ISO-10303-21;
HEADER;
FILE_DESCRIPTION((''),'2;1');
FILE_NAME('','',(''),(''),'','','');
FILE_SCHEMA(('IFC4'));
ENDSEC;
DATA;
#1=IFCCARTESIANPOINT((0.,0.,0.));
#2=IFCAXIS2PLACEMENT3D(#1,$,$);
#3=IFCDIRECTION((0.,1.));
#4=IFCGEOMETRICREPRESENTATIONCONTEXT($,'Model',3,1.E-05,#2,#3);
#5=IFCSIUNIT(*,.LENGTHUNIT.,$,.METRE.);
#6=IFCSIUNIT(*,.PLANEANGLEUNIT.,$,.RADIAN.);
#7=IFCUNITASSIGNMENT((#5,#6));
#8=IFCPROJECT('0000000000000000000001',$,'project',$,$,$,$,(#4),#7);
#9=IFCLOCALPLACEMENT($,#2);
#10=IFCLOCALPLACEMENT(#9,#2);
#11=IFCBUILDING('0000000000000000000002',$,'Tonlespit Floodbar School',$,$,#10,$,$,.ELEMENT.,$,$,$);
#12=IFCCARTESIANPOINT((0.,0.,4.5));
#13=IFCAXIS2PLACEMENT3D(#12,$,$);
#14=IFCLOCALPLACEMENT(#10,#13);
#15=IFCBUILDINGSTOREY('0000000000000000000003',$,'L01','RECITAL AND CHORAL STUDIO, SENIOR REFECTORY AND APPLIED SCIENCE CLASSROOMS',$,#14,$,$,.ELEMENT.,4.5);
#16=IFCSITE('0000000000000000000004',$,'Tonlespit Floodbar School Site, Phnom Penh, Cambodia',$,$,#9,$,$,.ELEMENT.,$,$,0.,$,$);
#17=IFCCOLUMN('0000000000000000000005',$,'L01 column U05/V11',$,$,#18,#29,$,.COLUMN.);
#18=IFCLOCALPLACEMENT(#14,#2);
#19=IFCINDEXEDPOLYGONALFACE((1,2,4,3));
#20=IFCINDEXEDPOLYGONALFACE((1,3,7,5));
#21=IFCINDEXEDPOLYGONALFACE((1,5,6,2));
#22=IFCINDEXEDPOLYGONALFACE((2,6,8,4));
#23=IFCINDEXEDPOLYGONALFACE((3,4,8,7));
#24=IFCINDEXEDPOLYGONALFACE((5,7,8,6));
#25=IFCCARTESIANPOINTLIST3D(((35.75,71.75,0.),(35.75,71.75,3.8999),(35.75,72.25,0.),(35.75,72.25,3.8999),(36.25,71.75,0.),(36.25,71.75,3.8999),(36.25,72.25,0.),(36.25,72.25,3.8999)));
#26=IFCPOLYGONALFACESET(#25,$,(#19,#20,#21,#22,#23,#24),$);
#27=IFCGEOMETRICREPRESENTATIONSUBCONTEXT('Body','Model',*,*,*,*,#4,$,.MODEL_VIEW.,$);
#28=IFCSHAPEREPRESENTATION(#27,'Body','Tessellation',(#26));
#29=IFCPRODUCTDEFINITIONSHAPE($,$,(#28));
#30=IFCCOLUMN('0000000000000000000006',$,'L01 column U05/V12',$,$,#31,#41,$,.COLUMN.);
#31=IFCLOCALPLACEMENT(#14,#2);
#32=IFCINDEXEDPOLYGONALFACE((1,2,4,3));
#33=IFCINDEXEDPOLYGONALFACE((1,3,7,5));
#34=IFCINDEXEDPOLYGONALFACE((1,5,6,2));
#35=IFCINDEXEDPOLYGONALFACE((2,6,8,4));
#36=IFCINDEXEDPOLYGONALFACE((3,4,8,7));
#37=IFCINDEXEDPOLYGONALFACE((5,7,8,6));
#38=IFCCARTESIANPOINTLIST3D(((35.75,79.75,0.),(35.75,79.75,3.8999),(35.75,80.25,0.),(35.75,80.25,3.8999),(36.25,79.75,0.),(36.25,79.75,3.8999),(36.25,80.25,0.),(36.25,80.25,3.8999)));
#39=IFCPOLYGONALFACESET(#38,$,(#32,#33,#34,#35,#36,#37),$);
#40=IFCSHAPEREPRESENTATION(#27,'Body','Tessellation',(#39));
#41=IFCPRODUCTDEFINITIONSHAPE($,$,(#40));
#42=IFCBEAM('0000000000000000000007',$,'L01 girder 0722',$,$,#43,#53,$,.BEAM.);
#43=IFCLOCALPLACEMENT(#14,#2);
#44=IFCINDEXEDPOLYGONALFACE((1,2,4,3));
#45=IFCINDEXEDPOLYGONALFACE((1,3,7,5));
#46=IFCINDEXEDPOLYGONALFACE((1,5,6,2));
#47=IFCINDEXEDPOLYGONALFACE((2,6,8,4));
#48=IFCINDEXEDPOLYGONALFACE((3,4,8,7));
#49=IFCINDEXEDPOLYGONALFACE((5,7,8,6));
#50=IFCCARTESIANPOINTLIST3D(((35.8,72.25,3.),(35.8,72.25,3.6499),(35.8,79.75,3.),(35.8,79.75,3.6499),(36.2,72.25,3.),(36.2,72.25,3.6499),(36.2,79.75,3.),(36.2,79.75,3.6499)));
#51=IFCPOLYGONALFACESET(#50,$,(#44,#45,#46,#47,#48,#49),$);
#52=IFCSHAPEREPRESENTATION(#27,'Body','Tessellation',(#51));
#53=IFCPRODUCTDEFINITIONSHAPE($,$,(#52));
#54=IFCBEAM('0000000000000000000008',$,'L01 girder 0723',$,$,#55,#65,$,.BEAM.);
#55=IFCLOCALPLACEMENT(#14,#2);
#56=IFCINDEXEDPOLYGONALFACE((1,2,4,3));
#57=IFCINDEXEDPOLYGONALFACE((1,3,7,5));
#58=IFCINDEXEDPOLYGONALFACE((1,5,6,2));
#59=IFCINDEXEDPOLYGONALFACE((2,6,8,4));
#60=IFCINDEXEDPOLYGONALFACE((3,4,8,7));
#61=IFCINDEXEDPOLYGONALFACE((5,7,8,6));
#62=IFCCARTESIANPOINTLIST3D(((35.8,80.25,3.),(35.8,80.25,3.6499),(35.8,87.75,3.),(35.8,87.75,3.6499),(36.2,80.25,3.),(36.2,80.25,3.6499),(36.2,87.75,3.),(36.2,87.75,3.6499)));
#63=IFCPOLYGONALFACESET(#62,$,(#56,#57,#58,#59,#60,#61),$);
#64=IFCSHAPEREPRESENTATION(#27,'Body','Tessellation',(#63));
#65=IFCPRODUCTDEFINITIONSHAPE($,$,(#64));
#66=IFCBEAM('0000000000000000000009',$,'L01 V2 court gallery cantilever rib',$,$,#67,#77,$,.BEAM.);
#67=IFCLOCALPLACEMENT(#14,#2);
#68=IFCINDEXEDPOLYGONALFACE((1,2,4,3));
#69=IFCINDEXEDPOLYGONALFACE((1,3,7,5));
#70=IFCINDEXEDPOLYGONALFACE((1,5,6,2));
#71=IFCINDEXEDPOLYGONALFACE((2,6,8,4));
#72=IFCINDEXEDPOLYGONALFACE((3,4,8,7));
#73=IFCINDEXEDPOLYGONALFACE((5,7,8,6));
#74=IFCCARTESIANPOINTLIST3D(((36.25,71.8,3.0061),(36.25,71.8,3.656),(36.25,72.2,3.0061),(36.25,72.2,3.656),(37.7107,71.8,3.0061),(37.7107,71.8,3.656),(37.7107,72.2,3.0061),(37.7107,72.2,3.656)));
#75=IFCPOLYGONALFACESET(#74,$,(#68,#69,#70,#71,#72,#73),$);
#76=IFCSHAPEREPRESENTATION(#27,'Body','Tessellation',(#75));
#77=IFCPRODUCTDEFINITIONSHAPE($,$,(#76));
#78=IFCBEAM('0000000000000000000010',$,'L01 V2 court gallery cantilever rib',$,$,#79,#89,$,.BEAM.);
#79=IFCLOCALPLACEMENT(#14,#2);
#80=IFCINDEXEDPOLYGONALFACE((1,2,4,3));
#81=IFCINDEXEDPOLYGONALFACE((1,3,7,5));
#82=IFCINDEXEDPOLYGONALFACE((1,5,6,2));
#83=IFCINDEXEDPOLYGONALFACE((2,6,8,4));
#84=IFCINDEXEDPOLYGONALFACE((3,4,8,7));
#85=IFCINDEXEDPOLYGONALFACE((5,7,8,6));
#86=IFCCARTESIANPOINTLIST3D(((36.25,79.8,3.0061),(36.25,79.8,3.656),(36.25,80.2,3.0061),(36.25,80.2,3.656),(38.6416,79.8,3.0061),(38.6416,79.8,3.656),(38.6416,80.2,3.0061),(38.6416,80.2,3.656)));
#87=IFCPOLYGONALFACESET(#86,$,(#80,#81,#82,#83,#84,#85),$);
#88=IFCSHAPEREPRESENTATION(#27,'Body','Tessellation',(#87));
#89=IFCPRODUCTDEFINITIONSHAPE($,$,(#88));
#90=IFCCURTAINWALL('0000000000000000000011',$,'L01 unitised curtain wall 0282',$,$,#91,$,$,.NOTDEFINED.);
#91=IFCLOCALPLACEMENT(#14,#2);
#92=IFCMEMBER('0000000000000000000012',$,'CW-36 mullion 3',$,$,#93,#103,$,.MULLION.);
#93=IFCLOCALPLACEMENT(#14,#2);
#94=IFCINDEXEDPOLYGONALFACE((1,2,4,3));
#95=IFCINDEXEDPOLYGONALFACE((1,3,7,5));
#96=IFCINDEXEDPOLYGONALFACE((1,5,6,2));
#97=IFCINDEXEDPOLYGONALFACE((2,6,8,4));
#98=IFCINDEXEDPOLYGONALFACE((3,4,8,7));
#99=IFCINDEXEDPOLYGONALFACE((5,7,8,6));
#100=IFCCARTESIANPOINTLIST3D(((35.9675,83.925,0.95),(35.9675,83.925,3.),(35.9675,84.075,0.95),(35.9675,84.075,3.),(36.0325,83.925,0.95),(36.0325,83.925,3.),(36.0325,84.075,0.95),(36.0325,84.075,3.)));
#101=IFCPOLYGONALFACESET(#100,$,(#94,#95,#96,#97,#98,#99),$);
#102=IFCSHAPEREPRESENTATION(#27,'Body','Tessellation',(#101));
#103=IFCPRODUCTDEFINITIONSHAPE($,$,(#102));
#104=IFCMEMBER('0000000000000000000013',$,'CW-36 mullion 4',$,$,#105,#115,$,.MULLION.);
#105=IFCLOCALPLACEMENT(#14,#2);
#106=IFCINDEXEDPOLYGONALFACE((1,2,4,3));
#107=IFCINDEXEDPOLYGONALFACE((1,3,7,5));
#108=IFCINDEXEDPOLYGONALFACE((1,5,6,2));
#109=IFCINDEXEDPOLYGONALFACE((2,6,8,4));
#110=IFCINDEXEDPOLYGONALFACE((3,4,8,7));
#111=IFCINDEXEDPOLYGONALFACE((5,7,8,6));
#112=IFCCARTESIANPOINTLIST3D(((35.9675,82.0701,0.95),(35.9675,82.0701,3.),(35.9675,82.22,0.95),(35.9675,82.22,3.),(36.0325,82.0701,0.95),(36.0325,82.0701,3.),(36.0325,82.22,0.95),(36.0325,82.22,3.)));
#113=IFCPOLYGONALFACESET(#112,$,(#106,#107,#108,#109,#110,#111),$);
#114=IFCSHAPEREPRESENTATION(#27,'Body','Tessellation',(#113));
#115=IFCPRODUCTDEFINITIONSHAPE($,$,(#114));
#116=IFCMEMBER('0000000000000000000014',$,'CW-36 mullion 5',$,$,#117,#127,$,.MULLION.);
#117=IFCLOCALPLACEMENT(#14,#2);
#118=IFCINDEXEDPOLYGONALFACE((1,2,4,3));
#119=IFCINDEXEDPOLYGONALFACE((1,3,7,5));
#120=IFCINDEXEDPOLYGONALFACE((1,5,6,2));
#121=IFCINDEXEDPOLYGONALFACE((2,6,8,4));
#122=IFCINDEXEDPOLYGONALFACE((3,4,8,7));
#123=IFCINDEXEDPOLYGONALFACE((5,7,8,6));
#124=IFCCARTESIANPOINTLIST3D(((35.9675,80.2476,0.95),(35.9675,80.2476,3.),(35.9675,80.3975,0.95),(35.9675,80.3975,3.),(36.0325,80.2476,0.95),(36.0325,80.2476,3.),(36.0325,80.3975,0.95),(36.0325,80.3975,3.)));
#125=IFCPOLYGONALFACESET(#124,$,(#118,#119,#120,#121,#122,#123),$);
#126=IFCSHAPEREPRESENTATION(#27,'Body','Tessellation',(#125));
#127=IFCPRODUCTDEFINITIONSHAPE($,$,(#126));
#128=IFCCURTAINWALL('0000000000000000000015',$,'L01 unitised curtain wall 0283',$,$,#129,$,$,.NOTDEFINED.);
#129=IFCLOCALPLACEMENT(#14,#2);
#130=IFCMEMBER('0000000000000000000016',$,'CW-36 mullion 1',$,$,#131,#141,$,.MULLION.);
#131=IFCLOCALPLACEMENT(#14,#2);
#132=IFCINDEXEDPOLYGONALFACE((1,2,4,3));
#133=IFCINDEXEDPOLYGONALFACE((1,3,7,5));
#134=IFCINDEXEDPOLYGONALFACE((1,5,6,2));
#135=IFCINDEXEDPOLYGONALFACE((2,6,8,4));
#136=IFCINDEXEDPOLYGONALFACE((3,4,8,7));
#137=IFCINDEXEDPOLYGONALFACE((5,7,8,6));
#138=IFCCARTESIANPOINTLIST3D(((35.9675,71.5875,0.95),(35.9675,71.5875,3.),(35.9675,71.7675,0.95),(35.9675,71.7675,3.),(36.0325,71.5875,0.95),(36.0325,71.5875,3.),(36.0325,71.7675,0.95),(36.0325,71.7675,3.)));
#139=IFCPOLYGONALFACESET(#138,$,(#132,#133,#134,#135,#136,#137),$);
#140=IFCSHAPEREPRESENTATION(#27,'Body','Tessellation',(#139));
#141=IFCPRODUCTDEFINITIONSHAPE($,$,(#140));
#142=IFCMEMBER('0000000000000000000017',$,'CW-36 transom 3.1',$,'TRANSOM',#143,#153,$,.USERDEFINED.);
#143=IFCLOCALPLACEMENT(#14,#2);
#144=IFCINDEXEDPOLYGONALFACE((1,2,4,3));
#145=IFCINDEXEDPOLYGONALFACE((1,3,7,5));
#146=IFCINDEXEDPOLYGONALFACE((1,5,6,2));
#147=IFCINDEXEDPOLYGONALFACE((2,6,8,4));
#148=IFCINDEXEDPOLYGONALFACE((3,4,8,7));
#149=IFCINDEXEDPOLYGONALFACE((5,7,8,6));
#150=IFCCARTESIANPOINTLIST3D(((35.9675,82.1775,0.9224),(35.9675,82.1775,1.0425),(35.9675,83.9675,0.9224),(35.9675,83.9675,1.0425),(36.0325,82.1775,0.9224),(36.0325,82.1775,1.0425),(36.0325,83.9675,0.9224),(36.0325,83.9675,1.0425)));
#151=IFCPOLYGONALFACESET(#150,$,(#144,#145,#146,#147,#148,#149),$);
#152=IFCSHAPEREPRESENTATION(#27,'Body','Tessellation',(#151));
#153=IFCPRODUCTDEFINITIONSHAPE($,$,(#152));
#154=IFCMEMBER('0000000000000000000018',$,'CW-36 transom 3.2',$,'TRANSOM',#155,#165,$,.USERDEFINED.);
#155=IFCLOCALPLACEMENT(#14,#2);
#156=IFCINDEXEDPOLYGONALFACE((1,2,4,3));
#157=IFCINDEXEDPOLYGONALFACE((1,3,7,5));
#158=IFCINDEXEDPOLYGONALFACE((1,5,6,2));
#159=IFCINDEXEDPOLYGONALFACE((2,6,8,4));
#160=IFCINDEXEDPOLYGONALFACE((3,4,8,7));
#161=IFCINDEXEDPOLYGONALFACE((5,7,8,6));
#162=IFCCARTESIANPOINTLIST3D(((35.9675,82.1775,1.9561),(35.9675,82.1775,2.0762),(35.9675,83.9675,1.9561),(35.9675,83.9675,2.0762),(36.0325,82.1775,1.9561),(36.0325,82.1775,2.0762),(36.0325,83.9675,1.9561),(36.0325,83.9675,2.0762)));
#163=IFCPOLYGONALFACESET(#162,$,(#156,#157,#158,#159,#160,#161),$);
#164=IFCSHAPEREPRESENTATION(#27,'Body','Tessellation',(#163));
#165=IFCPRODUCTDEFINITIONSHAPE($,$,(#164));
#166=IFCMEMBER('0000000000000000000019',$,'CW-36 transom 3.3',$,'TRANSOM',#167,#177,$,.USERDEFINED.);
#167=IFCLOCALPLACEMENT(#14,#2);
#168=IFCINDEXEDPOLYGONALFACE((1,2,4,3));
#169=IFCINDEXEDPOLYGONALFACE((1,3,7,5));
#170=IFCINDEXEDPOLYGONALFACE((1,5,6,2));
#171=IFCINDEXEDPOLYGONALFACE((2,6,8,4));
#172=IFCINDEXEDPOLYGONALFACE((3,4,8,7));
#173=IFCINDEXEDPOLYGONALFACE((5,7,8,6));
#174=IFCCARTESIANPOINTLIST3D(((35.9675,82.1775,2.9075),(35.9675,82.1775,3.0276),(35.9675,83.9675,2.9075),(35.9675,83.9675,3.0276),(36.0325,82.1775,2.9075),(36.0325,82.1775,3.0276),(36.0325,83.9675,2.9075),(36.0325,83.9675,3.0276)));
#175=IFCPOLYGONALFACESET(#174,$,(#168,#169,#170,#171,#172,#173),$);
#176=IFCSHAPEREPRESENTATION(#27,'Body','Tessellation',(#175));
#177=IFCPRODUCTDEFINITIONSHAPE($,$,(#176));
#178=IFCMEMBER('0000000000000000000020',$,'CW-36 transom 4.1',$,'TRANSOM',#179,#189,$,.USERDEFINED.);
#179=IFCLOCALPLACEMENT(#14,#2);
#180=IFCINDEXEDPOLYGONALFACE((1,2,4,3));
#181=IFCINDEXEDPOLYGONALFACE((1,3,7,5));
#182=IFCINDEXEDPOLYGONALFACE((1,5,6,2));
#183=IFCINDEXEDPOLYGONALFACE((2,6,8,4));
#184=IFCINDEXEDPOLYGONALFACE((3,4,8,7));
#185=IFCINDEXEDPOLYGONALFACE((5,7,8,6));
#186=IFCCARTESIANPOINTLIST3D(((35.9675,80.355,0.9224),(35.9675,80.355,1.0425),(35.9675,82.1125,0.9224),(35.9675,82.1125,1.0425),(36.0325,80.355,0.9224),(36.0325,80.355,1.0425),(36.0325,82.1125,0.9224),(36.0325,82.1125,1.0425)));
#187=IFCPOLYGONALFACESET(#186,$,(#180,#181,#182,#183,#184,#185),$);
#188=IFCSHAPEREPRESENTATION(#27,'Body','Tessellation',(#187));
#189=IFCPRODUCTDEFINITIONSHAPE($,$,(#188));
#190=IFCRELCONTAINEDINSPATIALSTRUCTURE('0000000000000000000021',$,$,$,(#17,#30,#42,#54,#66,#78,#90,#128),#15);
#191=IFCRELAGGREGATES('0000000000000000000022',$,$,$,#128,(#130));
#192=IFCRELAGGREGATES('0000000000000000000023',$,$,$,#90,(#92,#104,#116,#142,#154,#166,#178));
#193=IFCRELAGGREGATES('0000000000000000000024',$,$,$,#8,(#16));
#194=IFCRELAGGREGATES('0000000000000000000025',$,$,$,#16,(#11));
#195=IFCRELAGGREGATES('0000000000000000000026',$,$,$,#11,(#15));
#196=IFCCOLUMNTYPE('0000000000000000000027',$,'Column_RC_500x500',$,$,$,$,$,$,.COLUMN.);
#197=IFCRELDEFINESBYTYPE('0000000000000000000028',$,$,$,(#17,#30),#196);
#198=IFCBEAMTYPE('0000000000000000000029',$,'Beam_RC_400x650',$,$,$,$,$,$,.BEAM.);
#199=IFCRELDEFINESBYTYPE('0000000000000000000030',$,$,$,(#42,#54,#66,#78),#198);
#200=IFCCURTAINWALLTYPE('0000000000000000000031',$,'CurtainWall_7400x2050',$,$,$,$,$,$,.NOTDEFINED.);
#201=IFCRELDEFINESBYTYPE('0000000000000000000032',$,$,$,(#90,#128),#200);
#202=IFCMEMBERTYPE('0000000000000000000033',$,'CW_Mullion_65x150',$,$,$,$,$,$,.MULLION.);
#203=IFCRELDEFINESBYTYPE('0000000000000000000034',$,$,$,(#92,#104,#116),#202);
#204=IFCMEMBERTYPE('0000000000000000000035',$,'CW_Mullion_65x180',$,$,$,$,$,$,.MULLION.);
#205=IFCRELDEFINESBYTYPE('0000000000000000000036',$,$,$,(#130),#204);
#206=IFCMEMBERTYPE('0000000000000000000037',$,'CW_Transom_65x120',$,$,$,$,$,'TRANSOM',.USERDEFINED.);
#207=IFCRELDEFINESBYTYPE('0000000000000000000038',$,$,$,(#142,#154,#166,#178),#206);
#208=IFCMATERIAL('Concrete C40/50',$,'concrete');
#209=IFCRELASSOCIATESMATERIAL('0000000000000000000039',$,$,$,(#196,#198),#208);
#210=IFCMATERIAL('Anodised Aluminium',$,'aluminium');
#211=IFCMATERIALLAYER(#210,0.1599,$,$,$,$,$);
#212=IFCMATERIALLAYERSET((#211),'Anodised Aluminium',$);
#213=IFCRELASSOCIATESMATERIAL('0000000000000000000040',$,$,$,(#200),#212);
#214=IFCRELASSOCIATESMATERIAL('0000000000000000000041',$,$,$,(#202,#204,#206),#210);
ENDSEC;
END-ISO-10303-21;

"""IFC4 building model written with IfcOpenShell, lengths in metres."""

from ifc_helpers import new_model, si_unit, direction, frame, origin, origin_2d, place, context, subcontext, project, spatial, rectangle, extrude, material, layer, layer_set, material_profile, profile_set, type_object, element, aggregate, save


model = new_model("IFC4")

# Units and contexts
model_context = context("Model", 3, precision=1e-05, world=origin(), true_north=direction((0.0, 1.0)))
body_context = subcontext(model_context, "Body", "Model", "MODEL_VIEW")
ifc_project = project(units=[si_unit("LENGTHUNIT", "METRE"), si_unit("PLANEANGLEUNIT", "RADIAN")], contexts=[model_context])

# Site, building, storey
site_placement = place(None, origin())
site = spatial("IfcSite", under=ifc_project, at=site_placement, Name="Tonlespit Floodbar School Site, Phnom Penh, Cambodia", CompositionType="ELEMENT", RefElevation=0.0)
building_placement = place(site_placement, origin())
building = spatial("IfcBuilding", under=site, at=building_placement, Name="Tonlespit Floodbar School", CompositionType="ELEMENT")
storey_placement = place(building_placement, frame((0.0, 0.0, 4.5)))
storey = spatial("IfcBuildingStorey", under=building, at=storey_placement, Name="L01", Description="RECITAL AND CHORAL STUDIO, SENIOR REFECTORY AND APPLIED SCIENCE CLASSROOMS", CompositionType="ELEMENT", Elevation=4.5)

# Columns
ifc_material_1 = material(Name="Concrete C40/50", Category="concrete")
ifc_material_profile_1 = material_profile(ifc_material_1, rectangle(XDim=0.5, YDim=0.5, at=origin_2d()), Name="RC 500x500")
ifc_profile_set_1 = profile_set([ifc_material_profile_1], Name="Concrete C40/50")
column_type = type_object("IfcColumnType", Name="Column_RC_500x500", PredefinedType="COLUMN", material=ifc_profile_set_1)
for number, where, z_axis, x_axis, name in (
    (1, (36.0, 72.0, 0.0), (0.0, 0.0, 1.0), (1.0, 0.0, 0.0), "L01 column U05/V11"),
    (2, (36.0, 80.0, 0.0), (0.0, 0.0, 1.0), (1.0, 0.0, 0.0), "L01 column U05/V12"),
):
    element("IfcColumn", number, at=place(storey_placement, frame(where, z_axis=z_axis, x_axis=x_axis)), inside=storey, type_object=column_type, Name=name, PredefinedType="COLUMN", context=body_context, shape_type="SweptSolid", body=[
        extrude(rectangle(XDim=0.5, YDim=0.5, at=origin_2d()), origin(), (0.0, 0.0, 1.0), 3.8999),
    ])

# Beams
ifc_material_profile_2 = material_profile(ifc_material_1, rectangle(XDim=0.3999, YDim=0.6499, at=origin_2d()), Name="RC 400x650")
ifc_profile_set_2 = profile_set([ifc_material_profile_2], Name="Concrete C40/50")
beam_type = type_object("IfcBeamType", Name="Beam_RC_400x650", PredefinedType="BEAM", material=ifc_profile_set_2)
for number, where, z_axis, x_axis, name in (
    (3, (36.0, 72.25, 3.325), (0.0, 1.0, 0.0), (-1.0, 0.0, 0.0), "L01 girder 0722"),
    (4, (36.0, 80.25, 3.325), (0.0, 1.0, 0.0), (-1.0, 0.0, 0.0), "L01 girder 0723"),
):
    element("IfcBeam", number, at=place(storey_placement, frame(where, z_axis=z_axis, x_axis=x_axis)), inside=storey, type_object=beam_type, Name=name, PredefinedType="BEAM", context=body_context, shape_type="SweptSolid", body=[
        extrude(rectangle(XDim=0.3999, YDim=0.6499, at=origin_2d()), origin(), (0.0, 0.0, 1.0), 7.5),
    ])
beam_1_placement = place(storey_placement, frame((36.25, 72.0, 3.3311), z_axis=(1.0, 0.0, 0.0), x_axis=(0.0, 1.0, 0.0)))
element("IfcBeam", 5, at=beam_1_placement, inside=storey, type_object=beam_type, Name="L01 V2 court gallery cantilever rib", PredefinedType="BEAM", context=body_context, shape_type="SweptSolid", body=[
    extrude(rectangle(XDim=0.3999, YDim=0.6499, at=origin_2d()), origin(), (0.0, 0.0, 1.0), 1.4607),
])
beam_2_placement = place(storey_placement, frame((36.25, 80.0, 3.3311), z_axis=(1.0, 0.0, 0.0), x_axis=(0.0, 1.0, 0.0)))
element("IfcBeam", 6, at=beam_2_placement, inside=storey, type_object=beam_type, Name="L01 V2 court gallery cantilever rib", PredefinedType="BEAM", context=body_context, shape_type="SweptSolid", body=[
    extrude(rectangle(XDim=0.3999, YDim=0.6499, at=origin_2d()), origin(), (0.0, 0.0, 1.0), 2.3916),
])

# Curtain wall, members
ifc_material_2 = material(Name="Anodised Aluminium", Category="aluminium")
ifc_layer_1 = layer(ifc_material_2, 0.1599)
ifc_layer_set_1 = layer_set([ifc_layer_1], Name="Anodised Aluminium")
curtain_wall_type = type_object("IfcCurtainWallType", Name="CurtainWall_7400x2050", PredefinedType="NOTDEFINED", material=ifc_layer_set_1)
curtain_wall_1_placement = place(storey_placement, origin())
curtain_wall_1 = element("IfcCurtainWall", 7, at=curtain_wall_1_placement, inside=storey, type_object=curtain_wall_type, Name="L01 unitised curtain wall 0282", PredefinedType="NOTDEFINED")
ifc_material_profile_3 = material_profile(ifc_material_2, rectangle(XDim=0.0649, YDim=0.1499, at=origin_2d()), Name="ALU M65x150")
ifc_profile_set_3 = profile_set([ifc_material_profile_3], Name="Anodised Aluminium")
member_type_1 = type_object("IfcMemberType", Name="CW_Mullion_65x150", PredefinedType="MULLION", material=ifc_profile_set_3)
member_1_placement = place(storey_placement, frame((36.0, 84.0, 0.95), z_axis=(0.0, 0.0, 1.0), x_axis=(1.0, 0.0, 0.0)))
member_1 = element("IfcMember", 8, at=member_1_placement, type_object=member_type_1, Name="CW-36 mullion 3", PredefinedType="MULLION", context=body_context, shape_type="SweptSolid", body=[
    extrude(rectangle(XDim=0.0649, YDim=0.1499, at=origin_2d()), origin(), (0.0, 0.0, 1.0), 2.05),
])
member_2_placement = place(storey_placement, frame((36.0, 82.145, 0.95), z_axis=(0.0, 0.0, 1.0), x_axis=(1.0, 0.0, 0.0)))
member_2 = element("IfcMember", 9, at=member_2_placement, type_object=member_type_1, Name="CW-36 mullion 4", PredefinedType="MULLION", context=body_context, shape_type="SweptSolid", body=[
    extrude(rectangle(XDim=0.0649, YDim=0.1499, at=origin_2d()), origin(), (0.0, 0.0, 1.0), 2.05),
])
member_3_placement = place(storey_placement, frame((36.0, 80.3225, 0.95), z_axis=(0.0, 0.0, 1.0), x_axis=(1.0, 0.0, 0.0)))
member_3 = element("IfcMember", 10, at=member_3_placement, type_object=member_type_1, Name="CW-36 mullion 5", PredefinedType="MULLION", context=body_context, shape_type="SweptSolid", body=[
    extrude(rectangle(XDim=0.0649, YDim=0.1499, at=origin_2d()), origin(), (0.0, 0.0, 1.0), 2.05),
])

# Curtain wall, member
curtain_wall_2_placement = place(storey_placement, origin())
curtain_wall_2 = element("IfcCurtainWall", 11, at=curtain_wall_2_placement, inside=storey, type_object=curtain_wall_type, Name="L01 unitised curtain wall 0283", PredefinedType="NOTDEFINED")
ifc_material_profile_4 = material_profile(ifc_material_2, rectangle(XDim=0.0649, YDim=0.1799, at=origin_2d()), Name="ALU M65x180")
ifc_profile_set_4 = profile_set([ifc_material_profile_4], Name="Anodised Aluminium")
member_type_2 = type_object("IfcMemberType", Name="CW_Mullion_65x180", PredefinedType="MULLION", material=ifc_profile_set_4)
member_4_placement = place(storey_placement, frame((36.0, 71.6775, 0.95), z_axis=(0.0, 0.0, 1.0), x_axis=(1.0, 0.0, 0.0)))
member_4 = element("IfcMember", 12, at=member_4_placement, type_object=member_type_2, Name="CW-36 mullion 1", PredefinedType="MULLION", context=body_context, shape_type="SweptSolid", body=[
    extrude(rectangle(XDim=0.0649, YDim=0.1799, at=origin_2d()), origin(), (0.0, 0.0, 1.0), 2.05),
])

# Members
ifc_material_profile_5 = material_profile(ifc_material_2, rectangle(XDim=0.0649, YDim=0.1201, at=origin_2d()), Name="ALU T65x120")
ifc_profile_set_5 = profile_set([ifc_material_profile_5], Name="Anodised Aluminium")
member_type_3 = type_object("IfcMemberType", Name="CW_Transom_65x120", ElementType="TRANSOM", PredefinedType="USERDEFINED", material=ifc_profile_set_5)
member_5_placement = place(storey_placement, frame((36.0, 83.9675, 0.9824), z_axis=(0.0, -1.0, 0.0), x_axis=(1.0, 0.0, 0.0)))
member_5 = element("IfcMember", 13, at=member_5_placement, type_object=member_type_3, Name="CW-36 transom 3.1", ObjectType="TRANSOM", PredefinedType="USERDEFINED", context=body_context, shape_type="SweptSolid", body=[
    extrude(rectangle(XDim=0.0649, YDim=0.1201, at=origin_2d()), origin(), (0.0, 0.0, 1.0), 1.79),
])
member_6_placement = place(storey_placement, frame((36.0, 83.9675, 2.0161), z_axis=(0.0, -1.0, 0.0), x_axis=(1.0, 0.0, 0.0)))
member_6 = element("IfcMember", 14, at=member_6_placement, type_object=member_type_3, Name="CW-36 transom 3.2", ObjectType="TRANSOM", PredefinedType="USERDEFINED", context=body_context, shape_type="SweptSolid", body=[
    extrude(rectangle(XDim=0.0649, YDim=0.1201, at=origin_2d()), origin(), (0.0, 0.0, 1.0), 1.79),
])
member_7_placement = place(storey_placement, frame((36.0, 83.9675, 2.9675), z_axis=(0.0, -1.0, 0.0), x_axis=(1.0, 0.0, 0.0)))
member_7 = element("IfcMember", 15, at=member_7_placement, type_object=member_type_3, Name="CW-36 transom 3.3", ObjectType="TRANSOM", PredefinedType="USERDEFINED", context=body_context, shape_type="SweptSolid", body=[
    extrude(rectangle(XDim=0.0649, YDim=0.1201, at=origin_2d()), origin(), (0.0, 0.0, 1.0), 1.79),
])
member_8_placement = place(storey_placement, frame((36.0, 82.1125, 0.9824), z_axis=(0.0, -1.0, 0.0), x_axis=(1.0, 0.0, 0.0)))
member_8 = element("IfcMember", 16, at=member_8_placement, type_object=member_type_3, Name="CW-36 transom 4.1", ObjectType="TRANSOM", PredefinedType="USERDEFINED", context=body_context, shape_type="SweptSolid", body=[
    extrude(rectangle(XDim=0.0649, YDim=0.1201, at=origin_2d()), origin(), (0.0, 0.0, 1.0), 1.7576),
])
aggregate(curtain_wall_2, [member_4])

aggregate(curtain_wall_1, [member_1, member_2, member_3, member_5, member_6, member_7, member_8])

save(model, "model.ifc")
